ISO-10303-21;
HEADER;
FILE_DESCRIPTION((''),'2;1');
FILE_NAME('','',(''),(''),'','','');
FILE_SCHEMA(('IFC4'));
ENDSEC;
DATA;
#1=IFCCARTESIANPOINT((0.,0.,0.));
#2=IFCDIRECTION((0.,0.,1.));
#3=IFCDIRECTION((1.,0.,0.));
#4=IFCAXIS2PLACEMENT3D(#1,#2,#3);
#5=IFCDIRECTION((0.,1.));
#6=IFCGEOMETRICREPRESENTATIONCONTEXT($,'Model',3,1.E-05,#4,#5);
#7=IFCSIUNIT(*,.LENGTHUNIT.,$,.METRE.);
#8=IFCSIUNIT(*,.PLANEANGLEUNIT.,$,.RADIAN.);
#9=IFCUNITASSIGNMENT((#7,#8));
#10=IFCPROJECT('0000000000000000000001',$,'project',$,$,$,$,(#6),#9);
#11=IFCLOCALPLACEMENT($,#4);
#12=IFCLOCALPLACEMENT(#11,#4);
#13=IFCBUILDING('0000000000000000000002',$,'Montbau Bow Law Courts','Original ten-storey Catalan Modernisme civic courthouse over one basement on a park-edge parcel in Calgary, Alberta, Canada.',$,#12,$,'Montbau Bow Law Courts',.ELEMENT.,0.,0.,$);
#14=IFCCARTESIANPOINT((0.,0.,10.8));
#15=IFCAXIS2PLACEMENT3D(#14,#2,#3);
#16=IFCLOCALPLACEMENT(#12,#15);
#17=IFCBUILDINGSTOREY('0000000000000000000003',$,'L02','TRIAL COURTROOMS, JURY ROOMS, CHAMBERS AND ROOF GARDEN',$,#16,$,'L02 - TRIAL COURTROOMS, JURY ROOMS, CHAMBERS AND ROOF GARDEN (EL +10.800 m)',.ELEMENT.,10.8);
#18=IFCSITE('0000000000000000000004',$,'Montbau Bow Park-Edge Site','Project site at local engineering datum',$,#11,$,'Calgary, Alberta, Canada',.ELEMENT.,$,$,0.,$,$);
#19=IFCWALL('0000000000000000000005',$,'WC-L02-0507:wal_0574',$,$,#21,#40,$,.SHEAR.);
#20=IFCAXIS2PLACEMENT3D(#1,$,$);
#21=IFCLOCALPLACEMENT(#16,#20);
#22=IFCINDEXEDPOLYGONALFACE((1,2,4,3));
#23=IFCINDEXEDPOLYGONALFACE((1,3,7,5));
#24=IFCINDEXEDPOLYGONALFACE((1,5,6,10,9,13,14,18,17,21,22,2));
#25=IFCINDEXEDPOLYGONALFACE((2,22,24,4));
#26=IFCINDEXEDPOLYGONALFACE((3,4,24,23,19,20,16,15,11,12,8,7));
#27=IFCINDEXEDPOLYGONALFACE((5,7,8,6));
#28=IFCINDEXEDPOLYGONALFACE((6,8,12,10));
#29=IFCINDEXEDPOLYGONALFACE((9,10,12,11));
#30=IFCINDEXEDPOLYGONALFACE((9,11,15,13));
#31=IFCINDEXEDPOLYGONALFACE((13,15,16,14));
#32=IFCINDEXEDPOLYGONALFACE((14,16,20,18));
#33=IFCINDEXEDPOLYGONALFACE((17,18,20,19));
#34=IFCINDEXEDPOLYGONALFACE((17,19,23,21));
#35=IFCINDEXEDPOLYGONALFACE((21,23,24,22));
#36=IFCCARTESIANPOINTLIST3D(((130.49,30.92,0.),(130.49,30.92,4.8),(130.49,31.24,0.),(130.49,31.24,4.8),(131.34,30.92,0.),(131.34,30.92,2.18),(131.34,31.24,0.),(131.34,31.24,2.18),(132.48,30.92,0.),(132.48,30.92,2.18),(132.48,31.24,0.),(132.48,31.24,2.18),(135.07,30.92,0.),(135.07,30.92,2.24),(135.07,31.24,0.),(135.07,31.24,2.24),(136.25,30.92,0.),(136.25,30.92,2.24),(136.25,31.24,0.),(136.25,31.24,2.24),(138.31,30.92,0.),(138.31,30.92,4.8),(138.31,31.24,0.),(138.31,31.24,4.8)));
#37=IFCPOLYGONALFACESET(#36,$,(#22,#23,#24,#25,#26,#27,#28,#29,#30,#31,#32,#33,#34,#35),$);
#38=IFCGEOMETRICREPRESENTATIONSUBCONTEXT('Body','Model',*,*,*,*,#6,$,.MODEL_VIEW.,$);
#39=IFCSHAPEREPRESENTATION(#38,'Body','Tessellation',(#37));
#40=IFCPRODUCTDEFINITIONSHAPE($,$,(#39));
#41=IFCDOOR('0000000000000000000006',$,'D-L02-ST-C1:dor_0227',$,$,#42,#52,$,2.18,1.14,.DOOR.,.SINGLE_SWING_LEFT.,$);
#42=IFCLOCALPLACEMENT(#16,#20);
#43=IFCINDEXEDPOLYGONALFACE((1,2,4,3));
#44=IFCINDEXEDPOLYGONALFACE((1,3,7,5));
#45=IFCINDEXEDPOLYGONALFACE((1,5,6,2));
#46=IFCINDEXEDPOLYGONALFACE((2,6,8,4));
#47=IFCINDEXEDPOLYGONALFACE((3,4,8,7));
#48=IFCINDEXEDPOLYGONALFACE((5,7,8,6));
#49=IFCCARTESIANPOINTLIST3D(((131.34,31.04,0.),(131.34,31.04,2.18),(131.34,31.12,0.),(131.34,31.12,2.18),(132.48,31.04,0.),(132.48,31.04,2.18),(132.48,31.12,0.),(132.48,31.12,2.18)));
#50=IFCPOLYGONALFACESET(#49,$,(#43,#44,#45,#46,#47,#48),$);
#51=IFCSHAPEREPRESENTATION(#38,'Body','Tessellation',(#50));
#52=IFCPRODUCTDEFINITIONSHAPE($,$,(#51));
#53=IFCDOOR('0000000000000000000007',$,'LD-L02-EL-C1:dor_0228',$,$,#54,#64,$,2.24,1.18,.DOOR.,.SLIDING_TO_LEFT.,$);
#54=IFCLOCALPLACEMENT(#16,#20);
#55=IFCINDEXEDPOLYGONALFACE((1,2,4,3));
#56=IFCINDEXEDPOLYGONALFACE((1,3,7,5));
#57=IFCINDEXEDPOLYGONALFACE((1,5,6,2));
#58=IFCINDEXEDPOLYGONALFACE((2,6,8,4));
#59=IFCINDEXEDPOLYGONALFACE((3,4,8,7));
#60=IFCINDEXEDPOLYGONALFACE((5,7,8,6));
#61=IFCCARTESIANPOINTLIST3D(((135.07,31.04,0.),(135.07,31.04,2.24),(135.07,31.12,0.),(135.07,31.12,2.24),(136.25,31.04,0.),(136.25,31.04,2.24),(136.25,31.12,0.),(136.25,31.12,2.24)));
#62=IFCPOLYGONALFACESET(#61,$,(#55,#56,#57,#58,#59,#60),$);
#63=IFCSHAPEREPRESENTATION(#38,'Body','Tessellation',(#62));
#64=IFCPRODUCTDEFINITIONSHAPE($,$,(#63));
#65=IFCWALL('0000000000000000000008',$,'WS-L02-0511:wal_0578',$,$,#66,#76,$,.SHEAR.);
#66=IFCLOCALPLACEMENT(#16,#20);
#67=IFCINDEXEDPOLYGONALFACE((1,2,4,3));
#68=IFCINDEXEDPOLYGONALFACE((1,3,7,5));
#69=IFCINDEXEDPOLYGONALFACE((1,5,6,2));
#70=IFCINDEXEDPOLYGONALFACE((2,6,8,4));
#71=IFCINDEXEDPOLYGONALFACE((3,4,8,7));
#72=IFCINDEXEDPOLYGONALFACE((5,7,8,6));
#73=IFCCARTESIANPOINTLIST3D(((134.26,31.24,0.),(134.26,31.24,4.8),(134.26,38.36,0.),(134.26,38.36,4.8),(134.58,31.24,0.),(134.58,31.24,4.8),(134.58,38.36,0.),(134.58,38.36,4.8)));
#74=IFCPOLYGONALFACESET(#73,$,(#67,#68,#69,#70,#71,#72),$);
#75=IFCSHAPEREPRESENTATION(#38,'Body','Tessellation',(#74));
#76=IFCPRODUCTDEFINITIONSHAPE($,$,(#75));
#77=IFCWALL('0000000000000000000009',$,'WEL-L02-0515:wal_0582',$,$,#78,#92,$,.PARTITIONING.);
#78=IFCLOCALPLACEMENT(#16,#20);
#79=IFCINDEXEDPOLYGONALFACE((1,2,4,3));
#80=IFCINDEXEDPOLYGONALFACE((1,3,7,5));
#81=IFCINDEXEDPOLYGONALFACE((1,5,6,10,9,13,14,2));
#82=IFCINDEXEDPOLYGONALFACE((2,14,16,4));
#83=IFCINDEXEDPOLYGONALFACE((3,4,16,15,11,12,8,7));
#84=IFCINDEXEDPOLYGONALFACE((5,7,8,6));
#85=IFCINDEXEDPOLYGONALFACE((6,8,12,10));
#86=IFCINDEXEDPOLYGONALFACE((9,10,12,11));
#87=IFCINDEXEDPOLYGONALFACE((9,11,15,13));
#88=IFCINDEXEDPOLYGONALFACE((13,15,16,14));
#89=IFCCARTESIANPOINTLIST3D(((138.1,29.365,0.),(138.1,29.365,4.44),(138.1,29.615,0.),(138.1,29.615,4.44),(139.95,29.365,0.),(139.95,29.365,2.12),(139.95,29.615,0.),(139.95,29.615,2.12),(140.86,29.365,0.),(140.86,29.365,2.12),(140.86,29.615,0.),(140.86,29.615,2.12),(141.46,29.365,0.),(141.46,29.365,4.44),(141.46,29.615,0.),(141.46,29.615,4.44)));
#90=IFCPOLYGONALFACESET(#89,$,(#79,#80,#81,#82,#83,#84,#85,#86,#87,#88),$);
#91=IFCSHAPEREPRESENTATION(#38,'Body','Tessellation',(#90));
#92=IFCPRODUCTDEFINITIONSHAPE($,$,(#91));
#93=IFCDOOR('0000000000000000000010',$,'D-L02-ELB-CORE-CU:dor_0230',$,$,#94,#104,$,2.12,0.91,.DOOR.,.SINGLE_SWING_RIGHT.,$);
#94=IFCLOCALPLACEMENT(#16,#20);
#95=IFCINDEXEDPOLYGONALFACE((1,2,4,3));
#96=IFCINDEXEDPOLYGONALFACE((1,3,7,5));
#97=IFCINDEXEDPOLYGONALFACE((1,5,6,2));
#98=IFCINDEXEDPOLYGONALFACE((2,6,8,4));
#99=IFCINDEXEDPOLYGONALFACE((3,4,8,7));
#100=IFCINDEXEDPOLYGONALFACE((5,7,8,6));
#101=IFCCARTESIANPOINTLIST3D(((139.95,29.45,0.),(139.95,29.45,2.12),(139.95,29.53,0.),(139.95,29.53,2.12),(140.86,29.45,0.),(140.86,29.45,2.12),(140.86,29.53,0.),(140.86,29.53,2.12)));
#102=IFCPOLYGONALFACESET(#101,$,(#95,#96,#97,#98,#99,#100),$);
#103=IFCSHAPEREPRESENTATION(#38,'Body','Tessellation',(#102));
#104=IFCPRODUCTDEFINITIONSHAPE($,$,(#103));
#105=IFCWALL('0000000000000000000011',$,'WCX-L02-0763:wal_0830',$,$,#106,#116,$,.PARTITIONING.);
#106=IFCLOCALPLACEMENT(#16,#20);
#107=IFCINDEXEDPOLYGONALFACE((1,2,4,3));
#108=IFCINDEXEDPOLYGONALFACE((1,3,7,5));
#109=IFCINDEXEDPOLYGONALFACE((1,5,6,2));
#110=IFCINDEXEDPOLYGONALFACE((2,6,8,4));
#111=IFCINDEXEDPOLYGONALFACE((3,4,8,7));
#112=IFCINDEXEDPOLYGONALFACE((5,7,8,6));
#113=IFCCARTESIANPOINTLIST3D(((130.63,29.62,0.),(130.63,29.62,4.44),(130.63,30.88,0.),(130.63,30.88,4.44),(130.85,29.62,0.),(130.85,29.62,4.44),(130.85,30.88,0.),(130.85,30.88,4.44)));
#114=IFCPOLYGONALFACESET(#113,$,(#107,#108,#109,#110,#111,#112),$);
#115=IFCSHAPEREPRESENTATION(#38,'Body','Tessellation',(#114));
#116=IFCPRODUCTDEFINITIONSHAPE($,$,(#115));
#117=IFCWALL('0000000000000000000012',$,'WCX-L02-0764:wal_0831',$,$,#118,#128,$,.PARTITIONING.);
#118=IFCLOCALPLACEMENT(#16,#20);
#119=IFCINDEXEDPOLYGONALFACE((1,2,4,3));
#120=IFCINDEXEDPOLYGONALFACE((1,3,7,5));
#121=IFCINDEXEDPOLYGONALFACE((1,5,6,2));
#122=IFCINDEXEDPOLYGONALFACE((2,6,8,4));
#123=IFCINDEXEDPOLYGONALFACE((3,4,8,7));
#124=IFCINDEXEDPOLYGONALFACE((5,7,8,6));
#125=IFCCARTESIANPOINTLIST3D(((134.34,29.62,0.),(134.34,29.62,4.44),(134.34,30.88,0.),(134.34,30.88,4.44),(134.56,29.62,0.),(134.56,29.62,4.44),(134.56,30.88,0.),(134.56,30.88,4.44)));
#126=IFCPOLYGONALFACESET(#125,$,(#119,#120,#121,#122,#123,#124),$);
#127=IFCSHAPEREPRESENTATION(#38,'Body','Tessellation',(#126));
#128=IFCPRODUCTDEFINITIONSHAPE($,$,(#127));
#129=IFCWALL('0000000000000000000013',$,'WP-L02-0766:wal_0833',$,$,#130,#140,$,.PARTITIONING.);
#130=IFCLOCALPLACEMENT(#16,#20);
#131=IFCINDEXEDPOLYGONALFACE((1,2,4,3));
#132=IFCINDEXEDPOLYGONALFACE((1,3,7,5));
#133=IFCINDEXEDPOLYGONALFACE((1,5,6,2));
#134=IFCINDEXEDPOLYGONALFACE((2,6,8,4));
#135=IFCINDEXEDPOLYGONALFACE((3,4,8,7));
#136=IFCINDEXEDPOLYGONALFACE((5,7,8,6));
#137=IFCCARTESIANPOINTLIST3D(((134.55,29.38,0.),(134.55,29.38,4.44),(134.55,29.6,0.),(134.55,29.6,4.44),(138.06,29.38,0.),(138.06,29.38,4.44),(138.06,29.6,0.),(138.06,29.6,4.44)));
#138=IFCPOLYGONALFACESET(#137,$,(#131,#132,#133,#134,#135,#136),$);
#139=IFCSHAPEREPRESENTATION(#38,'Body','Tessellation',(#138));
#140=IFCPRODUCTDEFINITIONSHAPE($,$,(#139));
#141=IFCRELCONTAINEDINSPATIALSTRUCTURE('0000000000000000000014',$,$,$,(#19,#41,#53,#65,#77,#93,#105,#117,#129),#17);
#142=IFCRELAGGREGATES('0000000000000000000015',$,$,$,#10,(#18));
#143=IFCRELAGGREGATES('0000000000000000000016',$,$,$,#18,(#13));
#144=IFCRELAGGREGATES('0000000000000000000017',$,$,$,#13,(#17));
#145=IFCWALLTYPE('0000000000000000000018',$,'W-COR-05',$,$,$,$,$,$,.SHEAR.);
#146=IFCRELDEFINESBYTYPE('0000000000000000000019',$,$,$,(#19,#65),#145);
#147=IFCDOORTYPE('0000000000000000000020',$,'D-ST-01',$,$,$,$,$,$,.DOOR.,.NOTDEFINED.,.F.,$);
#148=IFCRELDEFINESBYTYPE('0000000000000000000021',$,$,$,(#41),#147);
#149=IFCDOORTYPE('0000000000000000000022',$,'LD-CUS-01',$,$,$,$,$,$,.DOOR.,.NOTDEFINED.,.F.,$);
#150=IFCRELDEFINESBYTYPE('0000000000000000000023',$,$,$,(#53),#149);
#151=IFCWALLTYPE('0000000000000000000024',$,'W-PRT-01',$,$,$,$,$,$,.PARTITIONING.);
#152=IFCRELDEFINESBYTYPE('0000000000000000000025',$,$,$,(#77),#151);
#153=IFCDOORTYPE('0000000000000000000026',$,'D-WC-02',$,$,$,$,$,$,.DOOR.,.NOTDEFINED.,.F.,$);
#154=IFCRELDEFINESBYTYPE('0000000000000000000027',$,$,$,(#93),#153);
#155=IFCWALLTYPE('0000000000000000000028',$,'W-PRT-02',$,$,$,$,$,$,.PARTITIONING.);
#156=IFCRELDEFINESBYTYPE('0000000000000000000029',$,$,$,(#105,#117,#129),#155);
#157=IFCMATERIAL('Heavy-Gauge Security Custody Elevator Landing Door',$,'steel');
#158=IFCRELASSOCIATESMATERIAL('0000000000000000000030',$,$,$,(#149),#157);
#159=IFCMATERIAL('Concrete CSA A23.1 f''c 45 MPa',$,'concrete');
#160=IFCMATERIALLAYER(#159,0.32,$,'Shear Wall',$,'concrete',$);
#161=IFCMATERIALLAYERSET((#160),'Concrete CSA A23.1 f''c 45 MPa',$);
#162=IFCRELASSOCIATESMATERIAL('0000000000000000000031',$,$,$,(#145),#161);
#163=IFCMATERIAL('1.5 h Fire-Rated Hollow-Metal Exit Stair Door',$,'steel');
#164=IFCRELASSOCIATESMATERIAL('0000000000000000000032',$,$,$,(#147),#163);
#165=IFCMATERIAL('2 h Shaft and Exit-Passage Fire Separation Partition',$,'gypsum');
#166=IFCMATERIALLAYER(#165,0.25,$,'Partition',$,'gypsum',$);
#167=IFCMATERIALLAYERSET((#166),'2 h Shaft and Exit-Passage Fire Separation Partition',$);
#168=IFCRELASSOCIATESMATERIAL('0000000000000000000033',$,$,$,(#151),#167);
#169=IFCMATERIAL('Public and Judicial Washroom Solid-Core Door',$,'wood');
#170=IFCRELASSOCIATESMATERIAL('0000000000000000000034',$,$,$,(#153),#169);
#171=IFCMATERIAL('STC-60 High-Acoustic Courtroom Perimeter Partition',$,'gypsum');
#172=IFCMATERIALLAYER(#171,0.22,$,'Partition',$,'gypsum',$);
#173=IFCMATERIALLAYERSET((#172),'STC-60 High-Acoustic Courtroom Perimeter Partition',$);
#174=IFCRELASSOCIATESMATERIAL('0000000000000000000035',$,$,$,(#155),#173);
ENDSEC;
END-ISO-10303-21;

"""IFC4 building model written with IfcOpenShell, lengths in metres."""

from ifc_helpers import new_model, si_unit, direction, frame, frame_2d, origin_with_axes, place, context, subcontext, project, spatial, rectangle, extrude, material, layer, layer_set, type_object, element, fill, save


model = new_model("IFC4")

# Units and contexts
model_context = context("Model", 3, precision=1e-05, world=origin_with_axes(), true_north=direction((0.0, 1.0)))
body_context = subcontext(model_context, "Body", "Model", "MODEL_VIEW")
ifc_project = project(units=[si_unit("LENGTHUNIT", "METRE"), si_unit("PLANEANGLEUNIT", "RADIAN")], contexts=[model_context])

# Site, building, storey
site_placement = place(None, origin_with_axes())
site = spatial("IfcSite", under=ifc_project, at=site_placement, Name="Montbau Bow Park-Edge Site", Description="Project site at local engineering datum", LongName="Calgary, Alberta, Canada", CompositionType="ELEMENT", RefElevation=0.0)
building_placement = place(site_placement, origin_with_axes())
building = spatial("IfcBuilding", under=site, at=building_placement, Name="Montbau Bow Law Courts", Description="Original ten-storey Catalan Modernisme civic courthouse over one basement on a park-edge parcel in Calgary, Alberta, Canada.", LongName="Montbau Bow Law Courts", CompositionType="ELEMENT", ElevationOfRefHeight=0.0, ElevationOfTerrain=0.0)
storey_placement = place(building_placement, frame((0.0, 0.0, 10.8), z_axis=(0.0, 0.0, 1.0), x_axis=(1.0, 0.0, 0.0)))
storey = spatial("IfcBuildingStorey", under=building, at=storey_placement, Name="L02", Description="TRIAL COURTROOMS, JURY ROOMS, CHAMBERS AND ROOF GARDEN", LongName="L02 - TRIAL COURTROOMS, JURY ROOMS, CHAMBERS AND ROOF GARDEN (EL +10.800 m)", CompositionType="ELEMENT", Elevation=10.8)

# Shared definitions
ifc_material_1 = material(Name="Concrete CSA A23.1 f'c 45 MPa", Category="concrete")

# Shared definitions
ifc_material_2 = material(Name="Heavy-Gauge Security Custody Elevator Landing Door", Category="steel")
door_type_1 = type_object("IfcDoorType", Name="LD-CUS-01", OperationType="NOTDEFINED", ParameterTakesPrecedence=False, PredefinedType="DOOR", material=ifc_material_2)

# Wall, openings, doors
ifc_layer_1 = layer(ifc_material_1, 0.32, Name="Shear Wall", Category="concrete")
ifc_layer_set_1 = layer_set([ifc_layer_1], Name="Concrete CSA A23.1 f'c 45 MPa")
wall_type_1 = type_object("IfcWallType", Name="W-COR-05", PredefinedType="SHEAR", material=ifc_layer_set_1)
wall_1_placement = place(None, frame((130.49, 31.08, 10.8), z_axis=(0.0, 0.0, 1.0), x_axis=(1.0, 0.0, 0.0)))
wall_1 = element("IfcWall", 1, at=wall_1_placement, inside=storey, type_object=wall_type_1, Name="WC-L02-0507:wal_0574", PredefinedType="SHEAR", context=body_context, shape_type="SweptSolid", body=[
    extrude(rectangle(XDim=7.82, YDim=0.32, at=frame_2d((3.91, 0.0), x_axis=(1.0, 0.0))), origin_with_axes(), (0.0, 0.0, 1.0), 4.8),
])
opening_1_placement = place(None, frame((131.91, 31.08, 10.8), z_axis=(0.0, 0.0, 1.0), x_axis=(1.0, 0.0, 0.0)))
opening_1 = element("IfcOpeningElement", 2, at=opening_1_placement, cuts=wall_1, PredefinedType="OPENING", context=body_context, shape_type="SweptSolid", body=[
    extrude(rectangle(XDim=1.14, YDim=2.18, at=frame_2d((0.0, 1.09), x_axis=(1.0, 0.0))), frame((0.0, 0.17, 0.0), z_axis=(0.0, -1.0, 0.0), x_axis=(1.0, 0.0, 0.0)), (0.0, 0.0, 1.0), 0.34),
])
opening_2_placement = place(None, frame((135.66, 31.08, 10.8), z_axis=(0.0, 0.0, 1.0), x_axis=(1.0, 0.0, 0.0)))
opening_2 = element("IfcOpeningElement", 3, at=opening_2_placement, cuts=wall_1, PredefinedType="OPENING", context=body_context, shape_type="SweptSolid", body=[
    extrude(rectangle(XDim=1.18, YDim=2.24, at=frame_2d((0.0, 1.12), x_axis=(1.0, 0.0))), frame((0.0, 0.17, 0.0), z_axis=(0.0, -1.0, 0.0), x_axis=(1.0, 0.0, 0.0)), (0.0, 0.0, 1.0), 0.34),
])
ifc_material_3 = material(Name="1.5 h Fire-Rated Hollow-Metal Exit Stair Door", Category="steel")
door_type_2 = type_object("IfcDoorType", Name="D-ST-01", OperationType="NOTDEFINED", ParameterTakesPrecedence=False, PredefinedType="DOOR", material=ifc_material_3)
door_1_placement = place(None, frame((131.91, 31.08, 10.8), z_axis=(0.0, 0.0, 1.0), x_axis=(-1.0, 0.0, 0.0)))
door_1 = element("IfcDoor", 4, at=door_1_placement, inside=storey, type_object=door_type_2, Name="D-L02-ST-C1:dor_0227", OperationType="SINGLE_SWING_LEFT", OverallHeight=2.18, OverallWidth=1.14, PredefinedType="DOOR", context=body_context, shape_type="SweptSolid", body=[
    extrude(rectangle(XDim=1.14, YDim=2.18, at=frame_2d((0.0, 1.09), x_axis=(1.0, 0.0))), frame((0.0, 0.04, 0.0), z_axis=(0.0, -1.0, 0.0), x_axis=(1.0, 0.0, 0.0)), (0.0, 0.0, 1.0), 0.08),
])
fill(opening_1, door_1)
door_2_placement = place(None, frame((135.66, 31.08, 10.8), z_axis=(0.0, 0.0, 1.0), x_axis=(-1.0, 0.0, 0.0)))
door_2 = element("IfcDoor", 5, at=door_2_placement, inside=storey, type_object=door_type_1, Name="LD-L02-EL-C1:dor_0228", OperationType="SLIDING_TO_LEFT", OverallHeight=2.24, OverallWidth=1.18, PredefinedType="DOOR", context=body_context, shape_type="SweptSolid", body=[
    extrude(rectangle(XDim=1.18, YDim=2.24, at=frame_2d((0.0, 1.12), x_axis=(1.0, 0.0))), frame((0.0, 0.04, 0.0), z_axis=(0.0, -1.0, 0.0), x_axis=(1.0, 0.0, 0.0)), (0.0, 0.0, 1.0), 0.08),
])
fill(opening_2, door_2)

# Wall
wall_2_placement = place(None, frame((134.42, 31.24, 10.8), z_axis=(0.0, 0.0, 1.0), x_axis=(0.0, 1.0, 0.0)))
element("IfcWall", 6, at=wall_2_placement, inside=storey, type_object=wall_type_1, Name="WS-L02-0511:wal_0578", PredefinedType="SHEAR", context=body_context, shape_type="SweptSolid", body=[
    extrude(rectangle(XDim=7.12, YDim=0.32, at=frame_2d((3.56, 0.0), x_axis=(1.0, 0.0))), origin_with_axes(), (0.0, 0.0, 1.0), 4.8),
])

# Wall, opening, door
ifc_material_4 = material(Name="2 h Shaft and Exit-Passage Fire Separation Partition", Category="gypsum")
ifc_layer_2 = layer(ifc_material_4, 0.25, Name="Partition", Category="gypsum")
ifc_layer_set_2 = layer_set([ifc_layer_2], Name="2 h Shaft and Exit-Passage Fire Separation Partition")
wall_type_2 = type_object("IfcWallType", Name="W-PRT-01", PredefinedType="PARTITIONING", material=ifc_layer_set_2)
wall_3_placement = place(None, frame((138.1, 29.49, 10.8), z_axis=(0.0, 0.0, 1.0), x_axis=(1.0, 0.0, 0.0)))
wall_3 = element("IfcWall", 7, at=wall_3_placement, inside=storey, type_object=wall_type_2, Name="WEL-L02-0515:wal_0582", PredefinedType="PARTITIONING", context=body_context, shape_type="SweptSolid", body=[
    extrude(rectangle(XDim=3.36, YDim=0.25, at=frame_2d((1.68, 0.0), x_axis=(1.0, 0.0))), origin_with_axes(), (0.0, 0.0, 1.0), 4.44),
])
opening_3_placement = place(None, frame((140.405, 29.49, 10.8), z_axis=(0.0, 0.0, 1.0), x_axis=(1.0, 0.0, 0.0)))
opening_3 = element("IfcOpeningElement", 8, at=opening_3_placement, cuts=wall_3, PredefinedType="OPENING", context=body_context, shape_type="SweptSolid", body=[
    extrude(rectangle(XDim=0.91, YDim=2.12, at=frame_2d((0.0, 1.06), x_axis=(1.0, 0.0))), frame((0.0, 0.135, 0.0), z_axis=(0.0, -1.0, 0.0), x_axis=(1.0, 0.0, 0.0)), (0.0, 0.0, 1.0), 0.27),
])
ifc_material_5 = material(Name="Public and Judicial Washroom Solid-Core Door", Category="wood")
door_type_3 = type_object("IfcDoorType", Name="D-WC-02", OperationType="NOTDEFINED", ParameterTakesPrecedence=False, PredefinedType="DOOR", material=ifc_material_5)
door_3_placement = place(None, frame((140.405, 29.49, 10.8), z_axis=(0.0, 0.0, 1.0), x_axis=(1.0, 0.0, 0.0)))
door_3 = element("IfcDoor", 9, at=door_3_placement, inside=storey, type_object=door_type_3, Name="D-L02-ELB-CORE-CU:dor_0230", OperationType="SINGLE_SWING_RIGHT", OverallHeight=2.12, OverallWidth=0.91, PredefinedType="DOOR", context=body_context, shape_type="SweptSolid", body=[
    extrude(rectangle(XDim=0.91, YDim=2.12, at=frame_2d((0.0, 1.06), x_axis=(1.0, 0.0))), frame((0.0, 0.04, 0.0), z_axis=(0.0, -1.0, 0.0), x_axis=(1.0, 0.0, 0.0)), (0.0, 0.0, 1.0), 0.08),
])
fill(opening_3, door_3)

# Walls
ifc_material_6 = material(Name="STC-60 High-Acoustic Courtroom Perimeter Partition", Category="gypsum")
ifc_layer_3 = layer(ifc_material_6, 0.22, Name="Partition", Category="gypsum")
ifc_layer_set_3 = layer_set([ifc_layer_3], Name="STC-60 High-Acoustic Courtroom Perimeter Partition")
wall_type_3 = type_object("IfcWallType", Name="W-PRT-02", PredefinedType="PARTITIONING", material=ifc_layer_set_3)
for number, where, z_axis, x_axis, name in (
    (10, (130.74, 29.62, 10.8), (0.0, 0.0, 1.0), (0.0, 1.0, 0.0), "WCX-L02-0763:wal_0830"),
    (11, (134.45, 29.62, 10.8), (0.0, 0.0, 1.0), (0.0, 1.0, 0.0), "WCX-L02-0764:wal_0831"),
):
    element("IfcWall", number, at=place(None, frame(where, z_axis=z_axis, x_axis=x_axis)), inside=storey, type_object=wall_type_3, Name=name, PredefinedType="PARTITIONING", context=body_context, shape_type="SweptSolid", body=[
        extrude(rectangle(XDim=1.26, YDim=0.22, at=frame_2d((0.63, 0.0), x_axis=(1.0, 0.0))), origin_with_axes(), (0.0, 0.0, 1.0), 4.44),
    ])
wall_4_placement = place(None, frame((134.55, 29.49, 10.8), z_axis=(0.0, 0.0, 1.0), x_axis=(1.0, 0.0, 0.0)))
element("IfcWall", 12, at=wall_4_placement, inside=storey, type_object=wall_type_3, Name="WP-L02-0766:wal_0833", PredefinedType="PARTITIONING", context=body_context, shape_type="SweptSolid", body=[
    extrude(rectangle(XDim=3.51, YDim=0.22, at=frame_2d((1.755, 0.0), x_axis=(1.0, 0.0))), origin_with_axes(), (0.0, 0.0, 1.0), 4.44),
])

save(model, "model.ifc")
